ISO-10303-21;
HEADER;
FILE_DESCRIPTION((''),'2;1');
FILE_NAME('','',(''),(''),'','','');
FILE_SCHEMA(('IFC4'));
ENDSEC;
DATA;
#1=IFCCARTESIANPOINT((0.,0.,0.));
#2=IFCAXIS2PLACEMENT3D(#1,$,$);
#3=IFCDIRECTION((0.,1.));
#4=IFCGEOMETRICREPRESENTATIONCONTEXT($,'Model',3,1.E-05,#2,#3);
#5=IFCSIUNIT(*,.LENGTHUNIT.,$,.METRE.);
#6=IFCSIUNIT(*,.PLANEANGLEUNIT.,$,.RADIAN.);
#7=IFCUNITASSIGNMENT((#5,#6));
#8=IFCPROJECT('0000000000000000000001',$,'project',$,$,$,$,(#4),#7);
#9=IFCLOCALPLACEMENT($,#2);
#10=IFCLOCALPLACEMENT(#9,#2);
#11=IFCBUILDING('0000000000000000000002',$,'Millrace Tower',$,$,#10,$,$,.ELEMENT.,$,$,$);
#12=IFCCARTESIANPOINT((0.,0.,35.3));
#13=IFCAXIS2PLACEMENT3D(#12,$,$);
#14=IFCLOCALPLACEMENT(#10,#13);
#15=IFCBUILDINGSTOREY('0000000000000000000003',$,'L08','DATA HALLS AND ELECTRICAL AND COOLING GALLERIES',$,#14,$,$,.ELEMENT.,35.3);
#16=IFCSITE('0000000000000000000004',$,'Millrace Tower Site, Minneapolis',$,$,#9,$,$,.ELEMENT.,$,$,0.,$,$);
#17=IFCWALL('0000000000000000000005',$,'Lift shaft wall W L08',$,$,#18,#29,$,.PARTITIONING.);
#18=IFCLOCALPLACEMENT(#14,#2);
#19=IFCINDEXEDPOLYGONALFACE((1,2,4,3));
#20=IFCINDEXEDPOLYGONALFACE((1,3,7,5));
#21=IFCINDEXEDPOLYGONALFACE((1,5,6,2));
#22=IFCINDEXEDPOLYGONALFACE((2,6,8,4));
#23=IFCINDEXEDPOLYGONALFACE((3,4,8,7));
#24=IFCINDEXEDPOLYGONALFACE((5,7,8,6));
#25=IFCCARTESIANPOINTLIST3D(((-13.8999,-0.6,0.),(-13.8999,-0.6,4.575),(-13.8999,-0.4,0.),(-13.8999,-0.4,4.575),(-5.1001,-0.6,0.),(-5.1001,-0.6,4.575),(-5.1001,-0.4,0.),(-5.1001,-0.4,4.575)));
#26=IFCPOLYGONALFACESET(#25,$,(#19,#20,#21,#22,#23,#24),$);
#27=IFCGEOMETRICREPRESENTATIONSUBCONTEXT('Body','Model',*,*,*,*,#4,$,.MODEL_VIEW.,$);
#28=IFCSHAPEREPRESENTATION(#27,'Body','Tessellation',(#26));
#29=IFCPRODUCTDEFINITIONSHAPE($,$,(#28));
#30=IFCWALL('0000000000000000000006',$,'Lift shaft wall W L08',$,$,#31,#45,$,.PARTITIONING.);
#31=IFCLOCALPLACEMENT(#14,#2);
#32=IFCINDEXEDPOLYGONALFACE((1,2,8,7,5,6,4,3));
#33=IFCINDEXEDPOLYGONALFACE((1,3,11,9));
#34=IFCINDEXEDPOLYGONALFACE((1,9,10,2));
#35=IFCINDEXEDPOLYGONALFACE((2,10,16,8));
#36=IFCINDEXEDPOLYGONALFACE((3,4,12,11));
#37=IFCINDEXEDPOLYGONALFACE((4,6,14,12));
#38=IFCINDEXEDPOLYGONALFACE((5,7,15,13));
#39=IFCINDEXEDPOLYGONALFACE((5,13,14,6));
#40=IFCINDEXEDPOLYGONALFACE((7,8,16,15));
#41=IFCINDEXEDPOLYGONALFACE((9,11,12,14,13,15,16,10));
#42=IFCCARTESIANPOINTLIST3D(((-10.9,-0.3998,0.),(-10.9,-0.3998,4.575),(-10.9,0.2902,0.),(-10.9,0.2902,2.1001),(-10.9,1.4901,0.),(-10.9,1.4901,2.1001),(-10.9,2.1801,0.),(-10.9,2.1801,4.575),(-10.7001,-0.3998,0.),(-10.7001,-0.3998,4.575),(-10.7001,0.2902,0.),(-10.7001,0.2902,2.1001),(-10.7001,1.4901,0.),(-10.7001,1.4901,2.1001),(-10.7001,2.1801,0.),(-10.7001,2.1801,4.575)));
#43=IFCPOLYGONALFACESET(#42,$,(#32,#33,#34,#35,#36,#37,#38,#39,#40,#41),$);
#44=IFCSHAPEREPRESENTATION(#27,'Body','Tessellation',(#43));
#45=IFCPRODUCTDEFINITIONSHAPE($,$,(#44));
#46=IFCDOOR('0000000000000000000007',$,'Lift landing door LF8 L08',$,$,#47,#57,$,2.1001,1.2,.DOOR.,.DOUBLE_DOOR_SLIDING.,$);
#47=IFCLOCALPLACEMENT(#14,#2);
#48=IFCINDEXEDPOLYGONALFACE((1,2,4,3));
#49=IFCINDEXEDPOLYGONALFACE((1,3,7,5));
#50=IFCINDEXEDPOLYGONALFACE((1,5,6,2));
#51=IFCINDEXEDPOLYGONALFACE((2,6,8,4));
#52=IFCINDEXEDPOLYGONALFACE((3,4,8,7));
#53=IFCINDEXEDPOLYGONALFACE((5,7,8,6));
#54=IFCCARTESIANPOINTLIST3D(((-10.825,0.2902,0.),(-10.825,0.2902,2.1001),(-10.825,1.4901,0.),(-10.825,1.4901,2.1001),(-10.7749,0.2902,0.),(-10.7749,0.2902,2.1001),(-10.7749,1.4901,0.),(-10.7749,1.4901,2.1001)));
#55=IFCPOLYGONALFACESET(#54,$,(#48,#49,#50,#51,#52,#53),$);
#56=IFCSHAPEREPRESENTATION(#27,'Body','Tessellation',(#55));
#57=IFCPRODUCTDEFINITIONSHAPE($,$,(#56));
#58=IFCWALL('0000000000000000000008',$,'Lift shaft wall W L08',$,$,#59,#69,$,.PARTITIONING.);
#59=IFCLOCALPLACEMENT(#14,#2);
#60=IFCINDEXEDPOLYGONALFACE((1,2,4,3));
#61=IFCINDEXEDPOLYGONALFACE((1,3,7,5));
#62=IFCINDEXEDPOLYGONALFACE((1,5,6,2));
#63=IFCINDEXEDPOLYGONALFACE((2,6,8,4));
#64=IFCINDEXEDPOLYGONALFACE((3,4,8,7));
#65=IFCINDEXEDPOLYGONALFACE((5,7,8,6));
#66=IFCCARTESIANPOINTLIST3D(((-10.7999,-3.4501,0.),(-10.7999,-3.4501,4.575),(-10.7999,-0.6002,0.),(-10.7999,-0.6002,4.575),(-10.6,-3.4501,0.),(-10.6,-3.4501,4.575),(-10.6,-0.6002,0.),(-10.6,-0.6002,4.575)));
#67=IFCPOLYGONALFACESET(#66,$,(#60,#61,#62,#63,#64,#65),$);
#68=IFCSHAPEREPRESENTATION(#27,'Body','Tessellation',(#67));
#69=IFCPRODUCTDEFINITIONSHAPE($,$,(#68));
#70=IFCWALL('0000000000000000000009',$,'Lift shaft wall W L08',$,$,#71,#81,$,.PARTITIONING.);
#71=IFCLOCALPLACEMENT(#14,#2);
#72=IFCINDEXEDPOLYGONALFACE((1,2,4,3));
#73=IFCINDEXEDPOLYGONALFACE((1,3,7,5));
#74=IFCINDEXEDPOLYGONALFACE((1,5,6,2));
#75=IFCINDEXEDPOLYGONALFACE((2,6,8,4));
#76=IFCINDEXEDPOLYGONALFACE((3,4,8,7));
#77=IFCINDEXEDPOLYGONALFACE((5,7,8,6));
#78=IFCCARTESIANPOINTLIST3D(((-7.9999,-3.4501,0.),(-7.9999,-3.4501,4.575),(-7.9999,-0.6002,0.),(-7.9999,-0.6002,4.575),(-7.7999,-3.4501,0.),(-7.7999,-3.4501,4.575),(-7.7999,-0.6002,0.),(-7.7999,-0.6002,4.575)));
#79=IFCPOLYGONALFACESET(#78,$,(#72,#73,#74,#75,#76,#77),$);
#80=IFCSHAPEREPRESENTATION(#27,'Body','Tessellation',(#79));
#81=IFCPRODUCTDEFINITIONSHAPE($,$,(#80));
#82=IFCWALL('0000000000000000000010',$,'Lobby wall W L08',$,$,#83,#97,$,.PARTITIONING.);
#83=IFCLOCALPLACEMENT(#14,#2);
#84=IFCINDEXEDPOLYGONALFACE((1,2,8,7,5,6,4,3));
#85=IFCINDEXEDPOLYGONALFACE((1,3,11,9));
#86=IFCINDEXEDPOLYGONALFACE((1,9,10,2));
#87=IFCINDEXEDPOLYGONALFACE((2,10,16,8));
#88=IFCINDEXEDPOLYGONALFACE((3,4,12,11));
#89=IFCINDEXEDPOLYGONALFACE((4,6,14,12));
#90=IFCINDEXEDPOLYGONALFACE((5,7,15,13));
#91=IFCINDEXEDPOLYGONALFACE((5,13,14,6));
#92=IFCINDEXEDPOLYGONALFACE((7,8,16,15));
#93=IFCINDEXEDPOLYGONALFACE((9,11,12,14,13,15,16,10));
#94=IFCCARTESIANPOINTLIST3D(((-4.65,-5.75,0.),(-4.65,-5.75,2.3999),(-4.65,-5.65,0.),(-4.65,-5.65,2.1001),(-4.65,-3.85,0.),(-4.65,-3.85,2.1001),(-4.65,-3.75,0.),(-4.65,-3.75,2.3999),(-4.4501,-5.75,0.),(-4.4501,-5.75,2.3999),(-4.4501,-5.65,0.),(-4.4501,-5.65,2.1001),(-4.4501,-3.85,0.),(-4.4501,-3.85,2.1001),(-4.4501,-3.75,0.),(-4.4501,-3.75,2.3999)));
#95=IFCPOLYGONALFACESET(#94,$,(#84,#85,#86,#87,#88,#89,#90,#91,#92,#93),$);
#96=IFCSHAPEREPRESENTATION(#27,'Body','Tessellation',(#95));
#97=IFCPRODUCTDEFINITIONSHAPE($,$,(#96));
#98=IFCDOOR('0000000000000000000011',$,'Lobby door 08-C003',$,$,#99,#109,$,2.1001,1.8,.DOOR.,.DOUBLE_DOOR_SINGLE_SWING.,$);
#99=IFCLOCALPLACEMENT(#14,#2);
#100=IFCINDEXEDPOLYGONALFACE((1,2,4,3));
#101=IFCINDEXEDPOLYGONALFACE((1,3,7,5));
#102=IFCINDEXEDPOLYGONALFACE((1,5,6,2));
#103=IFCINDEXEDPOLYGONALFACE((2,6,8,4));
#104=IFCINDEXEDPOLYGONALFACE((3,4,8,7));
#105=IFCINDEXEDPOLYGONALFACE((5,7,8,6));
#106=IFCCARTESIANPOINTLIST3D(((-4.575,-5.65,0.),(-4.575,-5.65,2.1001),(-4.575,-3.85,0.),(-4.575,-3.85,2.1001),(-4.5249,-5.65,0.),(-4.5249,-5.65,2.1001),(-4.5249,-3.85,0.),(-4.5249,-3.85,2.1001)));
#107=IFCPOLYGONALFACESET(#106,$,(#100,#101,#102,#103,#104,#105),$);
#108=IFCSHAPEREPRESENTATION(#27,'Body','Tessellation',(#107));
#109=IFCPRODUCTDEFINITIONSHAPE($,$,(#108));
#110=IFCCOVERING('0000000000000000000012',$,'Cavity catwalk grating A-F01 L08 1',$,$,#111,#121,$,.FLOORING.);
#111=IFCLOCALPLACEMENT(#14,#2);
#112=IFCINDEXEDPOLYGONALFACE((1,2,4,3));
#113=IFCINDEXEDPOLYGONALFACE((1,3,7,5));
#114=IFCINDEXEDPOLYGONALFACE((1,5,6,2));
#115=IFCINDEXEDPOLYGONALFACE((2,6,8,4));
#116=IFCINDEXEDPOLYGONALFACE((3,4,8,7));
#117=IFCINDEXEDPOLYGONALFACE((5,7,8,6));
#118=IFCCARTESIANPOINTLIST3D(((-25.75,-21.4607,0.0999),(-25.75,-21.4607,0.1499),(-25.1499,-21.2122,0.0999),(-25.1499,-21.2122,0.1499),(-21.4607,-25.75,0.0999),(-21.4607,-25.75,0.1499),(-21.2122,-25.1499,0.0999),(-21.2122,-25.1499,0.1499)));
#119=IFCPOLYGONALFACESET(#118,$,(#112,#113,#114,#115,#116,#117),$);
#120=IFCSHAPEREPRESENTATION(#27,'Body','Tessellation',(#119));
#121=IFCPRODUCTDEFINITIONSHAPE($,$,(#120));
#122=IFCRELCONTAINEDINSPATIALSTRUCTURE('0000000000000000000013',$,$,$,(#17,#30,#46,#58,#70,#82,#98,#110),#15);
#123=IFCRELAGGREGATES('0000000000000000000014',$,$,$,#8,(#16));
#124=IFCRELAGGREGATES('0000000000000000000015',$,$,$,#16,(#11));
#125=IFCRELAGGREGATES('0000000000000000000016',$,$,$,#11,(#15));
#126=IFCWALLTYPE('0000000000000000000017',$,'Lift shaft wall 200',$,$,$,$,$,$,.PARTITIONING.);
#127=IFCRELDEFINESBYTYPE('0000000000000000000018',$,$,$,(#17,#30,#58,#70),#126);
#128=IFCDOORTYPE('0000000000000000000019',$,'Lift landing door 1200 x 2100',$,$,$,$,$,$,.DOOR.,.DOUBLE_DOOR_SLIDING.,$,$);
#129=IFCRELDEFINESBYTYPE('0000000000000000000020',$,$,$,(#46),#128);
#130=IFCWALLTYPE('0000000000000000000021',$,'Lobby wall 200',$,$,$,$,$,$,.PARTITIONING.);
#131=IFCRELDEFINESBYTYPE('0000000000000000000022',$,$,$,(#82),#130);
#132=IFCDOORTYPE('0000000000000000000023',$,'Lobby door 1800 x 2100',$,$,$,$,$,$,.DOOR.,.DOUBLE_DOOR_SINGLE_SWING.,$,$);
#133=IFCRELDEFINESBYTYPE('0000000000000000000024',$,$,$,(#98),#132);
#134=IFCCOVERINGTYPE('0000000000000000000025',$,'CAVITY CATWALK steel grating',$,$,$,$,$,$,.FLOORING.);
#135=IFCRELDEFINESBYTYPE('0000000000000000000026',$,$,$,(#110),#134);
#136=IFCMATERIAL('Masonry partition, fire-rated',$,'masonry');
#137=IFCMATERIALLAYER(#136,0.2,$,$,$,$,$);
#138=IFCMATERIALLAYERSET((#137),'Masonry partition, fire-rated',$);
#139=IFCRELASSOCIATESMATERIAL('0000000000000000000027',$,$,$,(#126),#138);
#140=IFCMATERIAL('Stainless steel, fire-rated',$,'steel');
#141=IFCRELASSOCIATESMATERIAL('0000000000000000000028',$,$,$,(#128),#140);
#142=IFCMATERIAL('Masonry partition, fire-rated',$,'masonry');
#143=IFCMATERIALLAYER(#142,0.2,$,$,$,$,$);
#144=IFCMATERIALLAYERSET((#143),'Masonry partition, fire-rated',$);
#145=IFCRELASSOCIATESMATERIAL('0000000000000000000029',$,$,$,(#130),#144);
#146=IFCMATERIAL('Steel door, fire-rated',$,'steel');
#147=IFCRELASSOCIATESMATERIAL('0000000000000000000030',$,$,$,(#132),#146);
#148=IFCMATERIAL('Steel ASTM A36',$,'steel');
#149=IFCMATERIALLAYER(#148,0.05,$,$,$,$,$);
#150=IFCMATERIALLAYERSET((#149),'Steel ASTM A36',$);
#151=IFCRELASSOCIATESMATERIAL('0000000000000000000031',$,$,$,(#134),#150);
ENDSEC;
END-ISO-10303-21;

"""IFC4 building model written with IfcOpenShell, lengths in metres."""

from ifc_helpers import new_model, si_unit, direction, frame, frame_2d, origin, place, context, subcontext, project, spatial, polyline, rectangle, outline, extrude, material, layer, layer_set, type_object, element, fill, save


model = new_model("IFC4")

# Units and contexts
model_context = context("Model", 3, precision=1e-05, world=origin(), true_north=direction((0.0, 1.0)))
body_context = subcontext(model_context, "Body", "Model", "MODEL_VIEW")
ifc_project = project(units=[si_unit("LENGTHUNIT", "METRE"), si_unit("PLANEANGLEUNIT", "RADIAN")], contexts=[model_context])

# Site, building, storey
site_placement = place(None, origin())
site = spatial("IfcSite", under=ifc_project, at=site_placement, Name="Millrace Tower Site, Minneapolis", CompositionType="ELEMENT", RefElevation=0.0)
building_placement = place(site_placement, origin())
building = spatial("IfcBuilding", under=site, at=building_placement, Name="Millrace Tower", CompositionType="ELEMENT")
storey_placement = place(building_placement, frame((0.0, 0.0, 35.3)))
storey = spatial("IfcBuildingStorey", under=building, at=storey_placement, Name="L08", Description="DATA HALLS AND ELECTRICAL AND COOLING GALLERIES", CompositionType="ELEMENT", Elevation=35.3)

# Shared definitions
ifc_material_1 = material(Name="Masonry partition, fire-rated", Category="masonry")
ifc_layer_1 = layer(ifc_material_1, 0.2)
ifc_layer_set_1 = layer_set([ifc_layer_1], Name="Masonry partition, fire-rated")
wall_type_1 = type_object("IfcWallType", Name="Lift shaft wall 200", PredefinedType="PARTITIONING", material=ifc_layer_set_1)

# Shared definitions
ifc_material_2 = material(Name="Stainless steel, fire-rated", Category="steel")
door_type_1 = type_object("IfcDoorType", Name="Lift landing door 1200 x 2100", OperationType="DOUBLE_DOOR_SLIDING", PredefinedType="DOOR", material=ifc_material_2)

# Wall
wall_1_placement = place(storey_placement, frame((-13.8999, -0.5, 0.0), z_axis=(0.0, 0.0, 1.0), x_axis=(1.0, 0.0, 0.0)))
element("IfcWall", 1, at=wall_1_placement, inside=storey, type_object=wall_type_1, Name="Lift shaft wall W L08", PredefinedType="PARTITIONING", context=body_context, shape_type="SweptSolid", body=[
    extrude(rectangle(XDim=8.7998, YDim=0.2, at=frame_2d((4.3999, 0.0))), origin(), (0.0, 0.0, 1.0), 4.575),
])

# Wall, opening, door
wall_2_placement = place(storey_placement, frame((-10.8, -0.3999, 0.0), z_axis=(0.0, 0.0, 1.0), x_axis=(0.0, 1.0, 0.0)))
wall_2 = element("IfcWall", 2, at=wall_2_placement, inside=storey, type_object=wall_type_1, Name="Lift shaft wall W L08", PredefinedType="PARTITIONING", context=body_context, shape_type="SweptSolid", body=[
    extrude(rectangle(XDim=2.5798, YDim=0.2, at=frame_2d((1.29, 0.0))), origin(), (0.0, 0.0, 1.0), 4.575),
])
opening_1_placement = place(wall_2_placement, frame((0.6899, 0.0, 0.0)))
opening_1 = element("IfcOpeningElement", 3, at=opening_1_placement, cuts=wall_2, PredefinedType="OPENING", context=body_context, shape_type="SweptSolid", body=[
    extrude(rectangle(XDim=1.2, YDim=2.1001, at=frame_2d((0.6001, 1.05))), frame((0.0, 0.1099, 0.0), z_axis=(0.0, -1.0, 0.0), x_axis=(1.0, 0.0, 0.0)), (0.0, 0.0, 1.0), 0.22),
])
door_1_placement = place(opening_1_placement, origin())
door_1 = element("IfcDoor", 4, at=door_1_placement, inside=storey, type_object=door_type_1, Name="Lift landing door LF8 L08", OperationType="DOUBLE_DOOR_SLIDING", OverallHeight=2.1001, OverallWidth=1.2, PredefinedType="DOOR", context=body_context, shape_type="SweptSolid", body=[
    extrude(rectangle(XDim=1.2, YDim=2.1001, at=frame_2d((0.6001, 1.05))), frame((0.0, 0.0249, 0.0), z_axis=(0.0, -1.0, 0.0), x_axis=(1.0, 0.0, 0.0)), (0.0, 0.0, 1.0), 0.05),
])
fill(opening_1, door_1)

# Walls
for number, where, z_axis, x_axis, name in (
    (5, (-10.7, -3.45, 0.0), (0.0, 0.0, 1.0), (0.0, 1.0, 0.0), "Lift shaft wall W L08"),
    (6, (-7.8999, -3.45, 0.0), (0.0, 0.0, 1.0), (0.0, 1.0, 0.0), "Lift shaft wall W L08"),
):
    element("IfcWall", number, at=place(storey_placement, frame(where, z_axis=z_axis, x_axis=x_axis)), inside=storey, type_object=wall_type_1, Name=name, PredefinedType="PARTITIONING", context=body_context, shape_type="SweptSolid", body=[
        extrude(rectangle(XDim=2.8499, YDim=0.2, at=frame_2d((1.4248, 0.0))), origin(), (0.0, 0.0, 1.0), 4.575),
    ])

# Wall, opening, door
ifc_material_3 = material(Name="Masonry partition, fire-rated", Category="masonry")
ifc_layer_2 = layer(ifc_material_3, 0.2)
ifc_layer_set_2 = layer_set([ifc_layer_2], Name="Masonry partition, fire-rated")
wall_type_2 = type_object("IfcWallType", Name="Lobby wall 200", PredefinedType="PARTITIONING", material=ifc_layer_set_2)
wall_3_placement = place(storey_placement, frame((-4.55, -5.75, 0.0), z_axis=(0.0, 0.0, 1.0), x_axis=(0.0, 1.0, 0.0)))
wall_3 = element("IfcWall", 7, at=wall_3_placement, inside=storey, type_object=wall_type_2, Name="Lobby wall W L08", PredefinedType="PARTITIONING", context=body_context, shape_type="SweptSolid", body=[
    extrude(rectangle(XDim=2.0, YDim=0.2, at=frame_2d((1.0, 0.0))), origin(), (0.0, 0.0, 1.0), 2.3999),
])
opening_2_placement = place(wall_3_placement, frame((0.1001, 0.0, 0.0)))
opening_2 = element("IfcOpeningElement", 8, at=opening_2_placement, cuts=wall_3, PredefinedType="OPENING", context=body_context, shape_type="SweptSolid", body=[
    extrude(rectangle(XDim=1.8, YDim=2.1001, at=frame_2d((0.8999, 1.05))), frame((0.0, 0.1099, 0.0), z_axis=(0.0, -1.0, 0.0), x_axis=(1.0, 0.0, 0.0)), (0.0, 0.0, 1.0), 0.22),
])
ifc_material_4 = material(Name="Steel door, fire-rated", Category="steel")
door_type_2 = type_object("IfcDoorType", Name="Lobby door 1800 x 2100", OperationType="DOUBLE_DOOR_SINGLE_SWING", PredefinedType="DOOR", material=ifc_material_4)
door_2_placement = place(opening_2_placement, origin())
door_2 = element("IfcDoor", 9, at=door_2_placement, inside=storey, type_object=door_type_2, Name="Lobby door 08-C003", OperationType="DOUBLE_DOOR_SINGLE_SWING", OverallHeight=2.1001, OverallWidth=1.8, PredefinedType="DOOR", context=body_context, shape_type="SweptSolid", body=[
    extrude(rectangle(XDim=1.8, YDim=2.1001, at=frame_2d((0.8999, 1.05))), frame((0.0, 0.0249, 0.0), z_axis=(0.0, -1.0, 0.0), x_axis=(1.0, 0.0, 0.0)), (0.0, 0.0, 1.0), 0.05),
])
fill(opening_2, door_2)

# Covering
ifc_material_5 = material(Name="Steel ASTM A36", Category="steel")
ifc_layer_3 = layer(ifc_material_5, 0.05)
ifc_layer_set_3 = layer_set([ifc_layer_3], Name="Steel ASTM A36")
covering_type = type_object("IfcCoveringType", Name="CAVITY CATWALK steel grating", PredefinedType="FLOORING", material=ifc_layer_set_3)
covering_placement = place(storey_placement, frame((0.0, 0.0, 0.0999)))
element("IfcCovering", 10, at=covering_placement, inside=storey, type_object=covering_type, Name="Cavity catwalk grating A-F01 L08 1", PredefinedType="FLOORING", context=body_context, shape_type="SweptSolid", body=[
    extrude(outline(polyline([(-25.75, -21.4607), (-21.4607, -25.75), (-21.2122, -25.1499), (-25.1499, -21.2122), (-25.75, -21.4607)])), origin(), (0.0, 0.0, 1.0), 0.05),
])

save(model, "model.ifc")
